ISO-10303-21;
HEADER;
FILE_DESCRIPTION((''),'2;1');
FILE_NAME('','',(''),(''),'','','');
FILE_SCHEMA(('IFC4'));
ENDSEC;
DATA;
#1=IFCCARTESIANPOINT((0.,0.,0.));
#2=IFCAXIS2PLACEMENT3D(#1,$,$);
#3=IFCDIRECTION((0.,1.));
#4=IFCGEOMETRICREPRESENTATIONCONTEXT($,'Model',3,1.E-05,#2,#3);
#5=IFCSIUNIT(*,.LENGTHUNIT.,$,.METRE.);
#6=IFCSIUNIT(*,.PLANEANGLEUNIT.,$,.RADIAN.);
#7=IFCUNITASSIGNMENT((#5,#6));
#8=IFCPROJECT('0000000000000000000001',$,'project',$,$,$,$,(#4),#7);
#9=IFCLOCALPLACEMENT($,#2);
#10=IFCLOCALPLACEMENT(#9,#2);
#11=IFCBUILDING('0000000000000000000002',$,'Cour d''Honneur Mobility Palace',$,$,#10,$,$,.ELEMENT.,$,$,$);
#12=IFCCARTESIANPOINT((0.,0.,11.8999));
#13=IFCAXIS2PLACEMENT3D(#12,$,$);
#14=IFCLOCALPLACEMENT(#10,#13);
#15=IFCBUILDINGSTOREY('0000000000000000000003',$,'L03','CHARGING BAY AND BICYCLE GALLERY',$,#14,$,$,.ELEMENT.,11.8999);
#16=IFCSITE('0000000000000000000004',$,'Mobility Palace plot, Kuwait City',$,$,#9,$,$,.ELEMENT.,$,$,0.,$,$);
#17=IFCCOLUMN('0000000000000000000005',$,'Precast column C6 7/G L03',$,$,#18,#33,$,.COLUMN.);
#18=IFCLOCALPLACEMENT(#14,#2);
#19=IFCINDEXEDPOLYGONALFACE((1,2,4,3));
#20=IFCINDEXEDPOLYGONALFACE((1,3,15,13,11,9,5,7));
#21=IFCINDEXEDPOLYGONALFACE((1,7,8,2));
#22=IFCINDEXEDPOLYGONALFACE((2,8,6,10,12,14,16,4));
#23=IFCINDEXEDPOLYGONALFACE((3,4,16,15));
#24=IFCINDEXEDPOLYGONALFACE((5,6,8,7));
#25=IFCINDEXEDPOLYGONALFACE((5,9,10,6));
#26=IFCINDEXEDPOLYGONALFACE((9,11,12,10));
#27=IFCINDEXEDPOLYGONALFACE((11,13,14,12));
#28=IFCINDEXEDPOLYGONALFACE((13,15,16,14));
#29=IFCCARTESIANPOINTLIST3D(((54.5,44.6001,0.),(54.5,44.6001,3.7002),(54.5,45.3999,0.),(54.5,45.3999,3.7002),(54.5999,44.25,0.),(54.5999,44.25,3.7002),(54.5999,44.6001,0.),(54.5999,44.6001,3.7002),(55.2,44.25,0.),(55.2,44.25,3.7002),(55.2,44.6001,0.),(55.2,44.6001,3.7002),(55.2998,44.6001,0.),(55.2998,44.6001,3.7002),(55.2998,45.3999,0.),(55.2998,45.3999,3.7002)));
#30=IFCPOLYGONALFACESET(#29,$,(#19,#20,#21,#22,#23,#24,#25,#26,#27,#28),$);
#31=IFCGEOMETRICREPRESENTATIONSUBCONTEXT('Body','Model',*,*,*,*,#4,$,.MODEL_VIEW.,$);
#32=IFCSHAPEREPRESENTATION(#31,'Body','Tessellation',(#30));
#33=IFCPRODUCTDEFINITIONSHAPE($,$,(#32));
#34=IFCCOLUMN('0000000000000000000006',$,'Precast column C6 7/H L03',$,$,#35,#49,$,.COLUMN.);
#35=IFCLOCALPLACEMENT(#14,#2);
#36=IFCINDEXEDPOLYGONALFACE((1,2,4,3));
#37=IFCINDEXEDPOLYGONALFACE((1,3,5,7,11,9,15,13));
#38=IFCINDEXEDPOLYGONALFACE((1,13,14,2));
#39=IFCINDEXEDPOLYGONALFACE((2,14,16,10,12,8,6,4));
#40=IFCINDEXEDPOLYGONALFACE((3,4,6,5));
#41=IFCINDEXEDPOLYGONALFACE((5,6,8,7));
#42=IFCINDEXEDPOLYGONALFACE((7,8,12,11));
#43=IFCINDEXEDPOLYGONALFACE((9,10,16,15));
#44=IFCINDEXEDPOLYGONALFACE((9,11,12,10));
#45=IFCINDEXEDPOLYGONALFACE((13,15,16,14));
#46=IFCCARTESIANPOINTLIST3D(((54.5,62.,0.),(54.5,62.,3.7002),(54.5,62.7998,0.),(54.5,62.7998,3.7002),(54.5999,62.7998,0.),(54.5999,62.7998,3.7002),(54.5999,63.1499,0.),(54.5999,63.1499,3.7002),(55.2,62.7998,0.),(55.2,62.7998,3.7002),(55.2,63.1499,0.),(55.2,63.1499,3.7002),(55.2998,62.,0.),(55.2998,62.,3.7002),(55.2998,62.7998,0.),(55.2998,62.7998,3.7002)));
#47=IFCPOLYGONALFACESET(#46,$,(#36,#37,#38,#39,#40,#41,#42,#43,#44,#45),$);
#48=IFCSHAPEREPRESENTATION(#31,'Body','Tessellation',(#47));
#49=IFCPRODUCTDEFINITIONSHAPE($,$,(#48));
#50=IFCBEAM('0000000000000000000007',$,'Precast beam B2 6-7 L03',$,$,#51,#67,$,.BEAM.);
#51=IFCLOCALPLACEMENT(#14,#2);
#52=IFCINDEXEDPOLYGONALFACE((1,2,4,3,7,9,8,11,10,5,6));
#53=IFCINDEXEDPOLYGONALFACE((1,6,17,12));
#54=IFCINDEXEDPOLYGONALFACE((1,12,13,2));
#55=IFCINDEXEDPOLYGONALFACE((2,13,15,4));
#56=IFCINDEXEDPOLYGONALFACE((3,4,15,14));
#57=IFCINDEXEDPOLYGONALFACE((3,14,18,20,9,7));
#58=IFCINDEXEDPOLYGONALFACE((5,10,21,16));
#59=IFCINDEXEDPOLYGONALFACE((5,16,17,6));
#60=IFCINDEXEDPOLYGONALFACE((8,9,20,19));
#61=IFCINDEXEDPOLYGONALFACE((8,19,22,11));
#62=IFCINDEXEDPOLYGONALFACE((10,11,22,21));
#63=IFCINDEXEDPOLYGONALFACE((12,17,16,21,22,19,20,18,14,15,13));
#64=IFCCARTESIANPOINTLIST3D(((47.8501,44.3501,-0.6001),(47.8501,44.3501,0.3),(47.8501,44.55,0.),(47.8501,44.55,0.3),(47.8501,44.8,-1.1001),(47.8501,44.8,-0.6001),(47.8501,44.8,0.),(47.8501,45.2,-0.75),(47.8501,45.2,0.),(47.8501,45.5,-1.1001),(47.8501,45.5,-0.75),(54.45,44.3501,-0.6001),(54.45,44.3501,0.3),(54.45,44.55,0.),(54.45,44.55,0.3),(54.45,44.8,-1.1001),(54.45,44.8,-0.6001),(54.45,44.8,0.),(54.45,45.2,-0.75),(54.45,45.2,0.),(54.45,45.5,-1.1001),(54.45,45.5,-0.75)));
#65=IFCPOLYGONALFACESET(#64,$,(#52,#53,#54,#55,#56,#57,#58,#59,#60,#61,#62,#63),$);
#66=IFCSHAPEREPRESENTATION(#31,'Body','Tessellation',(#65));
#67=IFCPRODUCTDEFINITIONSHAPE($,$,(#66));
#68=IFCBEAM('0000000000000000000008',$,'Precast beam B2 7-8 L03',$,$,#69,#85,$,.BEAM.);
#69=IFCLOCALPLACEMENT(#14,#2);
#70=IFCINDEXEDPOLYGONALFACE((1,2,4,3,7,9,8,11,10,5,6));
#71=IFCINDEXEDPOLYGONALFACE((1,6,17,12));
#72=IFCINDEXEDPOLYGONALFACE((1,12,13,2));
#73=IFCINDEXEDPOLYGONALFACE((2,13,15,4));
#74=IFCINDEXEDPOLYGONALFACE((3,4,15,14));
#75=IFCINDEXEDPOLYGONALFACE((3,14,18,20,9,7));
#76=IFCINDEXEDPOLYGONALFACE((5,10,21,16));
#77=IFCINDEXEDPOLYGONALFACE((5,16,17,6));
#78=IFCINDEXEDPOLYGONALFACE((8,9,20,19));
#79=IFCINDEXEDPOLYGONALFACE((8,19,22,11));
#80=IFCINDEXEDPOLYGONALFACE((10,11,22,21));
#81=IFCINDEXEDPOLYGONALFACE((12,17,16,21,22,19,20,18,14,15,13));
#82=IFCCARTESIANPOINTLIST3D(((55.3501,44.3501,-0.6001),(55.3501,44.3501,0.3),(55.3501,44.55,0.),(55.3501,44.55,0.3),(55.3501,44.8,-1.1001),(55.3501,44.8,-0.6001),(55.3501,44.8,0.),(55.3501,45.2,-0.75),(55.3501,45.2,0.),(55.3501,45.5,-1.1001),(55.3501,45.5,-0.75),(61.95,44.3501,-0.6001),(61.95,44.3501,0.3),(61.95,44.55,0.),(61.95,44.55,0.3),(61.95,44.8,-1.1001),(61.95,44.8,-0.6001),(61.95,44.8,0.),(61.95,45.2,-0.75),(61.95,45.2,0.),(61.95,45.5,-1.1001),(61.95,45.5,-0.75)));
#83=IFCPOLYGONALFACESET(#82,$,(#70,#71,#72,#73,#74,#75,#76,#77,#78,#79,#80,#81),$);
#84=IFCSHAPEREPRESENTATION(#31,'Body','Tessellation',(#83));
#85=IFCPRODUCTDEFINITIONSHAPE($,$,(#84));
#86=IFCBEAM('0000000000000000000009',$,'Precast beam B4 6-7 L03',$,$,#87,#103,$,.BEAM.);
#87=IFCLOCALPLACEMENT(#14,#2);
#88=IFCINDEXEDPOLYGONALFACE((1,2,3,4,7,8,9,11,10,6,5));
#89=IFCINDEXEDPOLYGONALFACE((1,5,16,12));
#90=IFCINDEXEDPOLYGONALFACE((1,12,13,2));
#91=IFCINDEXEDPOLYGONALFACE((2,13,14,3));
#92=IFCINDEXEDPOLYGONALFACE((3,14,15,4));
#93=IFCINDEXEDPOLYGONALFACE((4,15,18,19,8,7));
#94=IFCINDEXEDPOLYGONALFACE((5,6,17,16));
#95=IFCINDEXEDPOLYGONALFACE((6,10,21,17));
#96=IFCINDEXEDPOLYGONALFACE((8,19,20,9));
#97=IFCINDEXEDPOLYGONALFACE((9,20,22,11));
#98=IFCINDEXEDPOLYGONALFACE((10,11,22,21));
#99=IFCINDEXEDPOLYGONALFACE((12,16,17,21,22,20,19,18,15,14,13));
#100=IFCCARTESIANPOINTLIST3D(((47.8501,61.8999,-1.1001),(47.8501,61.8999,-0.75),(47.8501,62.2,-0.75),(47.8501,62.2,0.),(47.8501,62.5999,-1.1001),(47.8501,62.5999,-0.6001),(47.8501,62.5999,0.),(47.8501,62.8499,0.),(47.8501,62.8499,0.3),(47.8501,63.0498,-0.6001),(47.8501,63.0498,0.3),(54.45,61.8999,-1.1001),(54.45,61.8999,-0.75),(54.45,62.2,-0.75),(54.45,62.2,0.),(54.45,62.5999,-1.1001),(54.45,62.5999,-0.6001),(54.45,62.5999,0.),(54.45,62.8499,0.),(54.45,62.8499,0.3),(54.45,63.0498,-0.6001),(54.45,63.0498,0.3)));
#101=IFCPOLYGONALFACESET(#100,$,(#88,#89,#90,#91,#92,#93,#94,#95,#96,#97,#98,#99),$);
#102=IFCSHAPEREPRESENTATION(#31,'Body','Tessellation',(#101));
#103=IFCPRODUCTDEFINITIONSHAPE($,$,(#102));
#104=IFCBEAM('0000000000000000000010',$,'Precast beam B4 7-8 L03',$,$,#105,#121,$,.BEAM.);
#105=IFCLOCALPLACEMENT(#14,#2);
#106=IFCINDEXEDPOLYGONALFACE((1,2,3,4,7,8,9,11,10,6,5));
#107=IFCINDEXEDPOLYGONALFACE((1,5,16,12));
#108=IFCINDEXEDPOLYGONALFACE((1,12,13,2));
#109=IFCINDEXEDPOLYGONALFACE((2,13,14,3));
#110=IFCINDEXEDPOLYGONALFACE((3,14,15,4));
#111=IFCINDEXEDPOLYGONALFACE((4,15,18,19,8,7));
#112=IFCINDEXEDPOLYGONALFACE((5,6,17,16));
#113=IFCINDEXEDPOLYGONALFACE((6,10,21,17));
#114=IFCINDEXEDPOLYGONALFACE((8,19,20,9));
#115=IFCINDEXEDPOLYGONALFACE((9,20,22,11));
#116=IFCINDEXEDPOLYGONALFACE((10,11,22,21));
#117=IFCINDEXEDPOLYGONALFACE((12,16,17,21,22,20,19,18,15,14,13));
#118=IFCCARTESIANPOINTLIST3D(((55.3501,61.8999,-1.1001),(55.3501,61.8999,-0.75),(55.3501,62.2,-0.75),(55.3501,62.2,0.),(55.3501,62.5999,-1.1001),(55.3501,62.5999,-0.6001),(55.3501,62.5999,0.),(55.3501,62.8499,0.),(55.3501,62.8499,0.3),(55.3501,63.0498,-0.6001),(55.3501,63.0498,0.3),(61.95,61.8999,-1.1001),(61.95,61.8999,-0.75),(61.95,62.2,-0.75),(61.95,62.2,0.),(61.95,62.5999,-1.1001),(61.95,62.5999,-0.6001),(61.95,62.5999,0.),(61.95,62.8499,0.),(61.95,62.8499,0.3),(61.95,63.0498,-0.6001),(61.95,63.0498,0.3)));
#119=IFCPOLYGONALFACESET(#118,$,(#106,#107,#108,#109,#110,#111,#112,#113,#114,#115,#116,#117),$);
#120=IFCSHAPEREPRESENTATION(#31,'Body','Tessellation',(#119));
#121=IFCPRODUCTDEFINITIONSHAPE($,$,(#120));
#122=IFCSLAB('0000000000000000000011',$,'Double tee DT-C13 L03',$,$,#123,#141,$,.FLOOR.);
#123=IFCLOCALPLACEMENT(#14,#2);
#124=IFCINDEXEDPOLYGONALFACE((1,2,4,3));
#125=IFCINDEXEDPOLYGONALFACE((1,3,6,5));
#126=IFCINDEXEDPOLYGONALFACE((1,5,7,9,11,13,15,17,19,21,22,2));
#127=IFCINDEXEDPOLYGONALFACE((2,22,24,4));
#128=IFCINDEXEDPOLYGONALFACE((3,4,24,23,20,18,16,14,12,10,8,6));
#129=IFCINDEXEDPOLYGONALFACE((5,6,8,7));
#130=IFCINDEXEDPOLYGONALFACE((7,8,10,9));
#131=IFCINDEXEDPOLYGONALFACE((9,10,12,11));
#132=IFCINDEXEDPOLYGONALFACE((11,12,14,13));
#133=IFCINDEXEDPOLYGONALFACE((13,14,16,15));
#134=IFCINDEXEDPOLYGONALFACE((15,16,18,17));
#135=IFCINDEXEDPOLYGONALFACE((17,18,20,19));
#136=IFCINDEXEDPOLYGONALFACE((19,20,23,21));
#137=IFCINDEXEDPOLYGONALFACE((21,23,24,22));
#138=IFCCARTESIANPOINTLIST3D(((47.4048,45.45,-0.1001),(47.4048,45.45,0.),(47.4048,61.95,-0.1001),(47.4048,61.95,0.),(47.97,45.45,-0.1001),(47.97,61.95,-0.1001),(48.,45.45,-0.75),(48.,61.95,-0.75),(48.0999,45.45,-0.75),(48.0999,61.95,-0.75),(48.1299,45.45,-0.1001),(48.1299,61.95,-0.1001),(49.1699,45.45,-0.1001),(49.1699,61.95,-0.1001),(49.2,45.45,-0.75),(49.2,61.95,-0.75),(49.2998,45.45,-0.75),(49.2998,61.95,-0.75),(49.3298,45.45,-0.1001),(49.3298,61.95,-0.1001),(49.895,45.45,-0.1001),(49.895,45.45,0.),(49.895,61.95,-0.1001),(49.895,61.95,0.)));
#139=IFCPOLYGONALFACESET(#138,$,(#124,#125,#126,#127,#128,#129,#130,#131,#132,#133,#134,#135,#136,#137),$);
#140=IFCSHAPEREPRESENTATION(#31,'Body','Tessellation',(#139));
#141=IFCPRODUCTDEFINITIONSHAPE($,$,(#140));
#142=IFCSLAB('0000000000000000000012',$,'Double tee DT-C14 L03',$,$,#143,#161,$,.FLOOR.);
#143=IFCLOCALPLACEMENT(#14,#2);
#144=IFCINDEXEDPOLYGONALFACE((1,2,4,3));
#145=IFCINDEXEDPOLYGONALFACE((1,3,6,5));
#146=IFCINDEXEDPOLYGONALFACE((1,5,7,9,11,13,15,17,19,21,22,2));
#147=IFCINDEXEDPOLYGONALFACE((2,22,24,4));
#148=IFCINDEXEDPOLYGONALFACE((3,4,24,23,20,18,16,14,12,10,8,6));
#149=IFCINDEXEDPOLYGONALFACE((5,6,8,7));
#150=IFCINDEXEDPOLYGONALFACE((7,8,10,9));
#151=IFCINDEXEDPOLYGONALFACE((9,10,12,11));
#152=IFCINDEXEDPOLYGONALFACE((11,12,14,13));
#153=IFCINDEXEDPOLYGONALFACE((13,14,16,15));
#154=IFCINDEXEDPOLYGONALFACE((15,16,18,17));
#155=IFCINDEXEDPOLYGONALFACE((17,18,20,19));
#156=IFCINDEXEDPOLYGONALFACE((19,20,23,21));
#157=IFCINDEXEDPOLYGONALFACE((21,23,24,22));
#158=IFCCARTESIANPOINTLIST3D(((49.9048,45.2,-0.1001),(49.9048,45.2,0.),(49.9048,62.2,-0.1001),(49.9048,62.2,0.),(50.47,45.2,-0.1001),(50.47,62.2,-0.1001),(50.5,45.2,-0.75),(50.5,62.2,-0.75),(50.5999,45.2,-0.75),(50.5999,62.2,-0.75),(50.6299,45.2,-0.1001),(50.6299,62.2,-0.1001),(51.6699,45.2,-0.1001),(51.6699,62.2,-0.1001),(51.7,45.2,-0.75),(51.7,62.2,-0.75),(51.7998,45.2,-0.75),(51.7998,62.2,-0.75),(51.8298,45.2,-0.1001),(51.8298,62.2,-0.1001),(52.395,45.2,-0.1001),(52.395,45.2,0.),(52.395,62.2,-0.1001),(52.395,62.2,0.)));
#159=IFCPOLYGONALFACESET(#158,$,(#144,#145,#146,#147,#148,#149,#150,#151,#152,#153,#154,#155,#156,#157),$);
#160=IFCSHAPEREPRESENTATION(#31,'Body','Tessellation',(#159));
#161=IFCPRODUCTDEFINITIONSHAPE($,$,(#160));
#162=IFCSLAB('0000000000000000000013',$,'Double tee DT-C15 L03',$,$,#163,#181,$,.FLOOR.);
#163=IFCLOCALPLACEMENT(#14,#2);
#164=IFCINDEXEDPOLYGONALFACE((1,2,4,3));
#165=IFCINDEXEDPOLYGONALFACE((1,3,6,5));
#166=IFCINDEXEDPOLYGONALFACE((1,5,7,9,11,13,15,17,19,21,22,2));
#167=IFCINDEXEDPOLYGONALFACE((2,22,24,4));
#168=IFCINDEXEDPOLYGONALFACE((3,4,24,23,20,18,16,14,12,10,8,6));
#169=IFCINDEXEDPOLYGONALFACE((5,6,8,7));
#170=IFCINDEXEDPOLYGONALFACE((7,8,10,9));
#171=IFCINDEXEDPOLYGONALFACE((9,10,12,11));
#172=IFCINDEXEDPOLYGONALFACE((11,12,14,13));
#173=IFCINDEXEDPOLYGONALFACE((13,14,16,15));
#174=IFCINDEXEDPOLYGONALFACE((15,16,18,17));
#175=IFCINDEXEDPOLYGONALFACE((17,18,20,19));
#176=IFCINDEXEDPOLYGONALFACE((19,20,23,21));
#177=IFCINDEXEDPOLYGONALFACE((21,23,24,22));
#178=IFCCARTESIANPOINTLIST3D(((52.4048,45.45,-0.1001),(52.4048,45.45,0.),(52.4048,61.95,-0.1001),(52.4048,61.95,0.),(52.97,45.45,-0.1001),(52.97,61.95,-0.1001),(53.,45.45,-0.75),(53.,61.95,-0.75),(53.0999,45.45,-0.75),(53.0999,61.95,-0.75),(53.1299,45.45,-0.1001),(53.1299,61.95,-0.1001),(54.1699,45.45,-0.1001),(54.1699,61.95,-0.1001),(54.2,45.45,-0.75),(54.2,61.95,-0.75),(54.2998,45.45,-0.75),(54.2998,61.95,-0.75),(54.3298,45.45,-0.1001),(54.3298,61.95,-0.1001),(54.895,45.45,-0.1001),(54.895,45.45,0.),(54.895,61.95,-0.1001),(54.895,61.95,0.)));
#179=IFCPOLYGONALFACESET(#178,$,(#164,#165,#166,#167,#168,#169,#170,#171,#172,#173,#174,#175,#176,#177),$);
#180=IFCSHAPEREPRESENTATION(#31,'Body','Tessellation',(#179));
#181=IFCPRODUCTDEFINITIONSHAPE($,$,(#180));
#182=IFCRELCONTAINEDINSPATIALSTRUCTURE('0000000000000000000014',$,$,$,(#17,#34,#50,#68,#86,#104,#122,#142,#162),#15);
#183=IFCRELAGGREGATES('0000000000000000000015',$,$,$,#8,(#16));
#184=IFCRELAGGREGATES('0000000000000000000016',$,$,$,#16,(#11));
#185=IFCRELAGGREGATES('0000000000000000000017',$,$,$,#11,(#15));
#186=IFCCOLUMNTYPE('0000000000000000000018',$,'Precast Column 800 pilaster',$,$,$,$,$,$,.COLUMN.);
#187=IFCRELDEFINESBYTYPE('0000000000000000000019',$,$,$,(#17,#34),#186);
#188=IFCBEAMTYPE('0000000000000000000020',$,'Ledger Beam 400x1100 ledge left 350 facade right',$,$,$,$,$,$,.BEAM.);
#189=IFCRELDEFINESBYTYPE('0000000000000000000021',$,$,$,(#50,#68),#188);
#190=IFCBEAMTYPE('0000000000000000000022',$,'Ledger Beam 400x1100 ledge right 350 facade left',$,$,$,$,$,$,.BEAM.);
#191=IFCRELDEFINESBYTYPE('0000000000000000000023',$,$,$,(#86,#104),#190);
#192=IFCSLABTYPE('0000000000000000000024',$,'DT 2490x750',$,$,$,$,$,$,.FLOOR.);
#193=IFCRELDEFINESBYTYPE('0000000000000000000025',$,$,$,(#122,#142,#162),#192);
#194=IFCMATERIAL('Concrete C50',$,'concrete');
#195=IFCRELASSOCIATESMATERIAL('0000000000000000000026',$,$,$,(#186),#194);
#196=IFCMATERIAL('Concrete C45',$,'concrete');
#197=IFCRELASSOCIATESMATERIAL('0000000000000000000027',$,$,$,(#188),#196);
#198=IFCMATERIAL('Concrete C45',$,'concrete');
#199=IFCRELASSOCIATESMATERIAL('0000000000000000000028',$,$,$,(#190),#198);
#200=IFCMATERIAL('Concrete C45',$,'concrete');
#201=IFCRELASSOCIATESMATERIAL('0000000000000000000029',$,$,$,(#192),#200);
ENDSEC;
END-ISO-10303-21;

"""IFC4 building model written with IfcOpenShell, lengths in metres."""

from ifc_helpers import new_model, si_unit, direction, frame, origin, place, context, subcontext, project, spatial, polyline, outline, extrude, material, material_profile, profile_set, type_object, element, save


model = new_model("IFC4")

# Units and contexts
model_context = context("Model", 3, precision=1e-05, world=origin(), true_north=direction((0.0, 1.0)))
body_context = subcontext(model_context, "Body", "Model", "MODEL_VIEW")
ifc_project = project(units=[si_unit("LENGTHUNIT", "METRE"), si_unit("PLANEANGLEUNIT", "RADIAN")], contexts=[model_context])

# Site, building, storey
site_placement = place(None, origin())
site = spatial("IfcSite", under=ifc_project, at=site_placement, Name="Mobility Palace plot, Kuwait City", CompositionType="ELEMENT", RefElevation=0.0)
building_placement = place(site_placement, origin())
building = spatial("IfcBuilding", under=site, at=building_placement, Name="Cour d'Honneur Mobility Palace", CompositionType="ELEMENT")
storey_placement = place(building_placement, frame((0.0, 0.0, 11.8999)))
storey = spatial("IfcBuildingStorey", under=building, at=storey_placement, Name="L03", Description="CHARGING BAY AND BICYCLE GALLERY", CompositionType="ELEMENT", Elevation=11.8999)

# Columns
ifc_material_1 = material(Name="Concrete C50", Category="concrete")
ifc_material_profile_1 = material_profile(ifc_material_1, outline(polyline([(-0.3999, -0.3999), (0.3999, -0.3999), (0.3999, -0.3), (0.75, -0.3), (0.75, 0.3), (0.3999, 0.3), (0.3999, 0.3999), (-0.3999, 0.3999), (-0.3999, -0.3999)])), Name="PC C800 pilaster")
ifc_profile_set_1 = profile_set([ifc_material_profile_1], Name="Concrete C50")
column_type = type_object("IfcColumnType", Name="Precast Column 800 pilaster", PredefinedType="COLUMN", material=ifc_profile_set_1)
for number, where, z_axis, x_axis, name in (
    (1, (54.8999, 45.0, 0.0), (0.0, 0.0, 1.0), (0.0, -1.0, 0.0), "Precast column C6 7/G L03"),
    (2, (54.8999, 62.3999, 0.0), (0.0, 0.0, 1.0), (0.0, 1.0, 0.0), "Precast column C6 7/H L03"),
):
    element("IfcColumn", number, at=place(storey_placement, frame(where, z_axis=z_axis, x_axis=x_axis)), inside=storey, type_object=column_type, Name=name, PredefinedType="COLUMN", context=body_context, shape_type="SweptSolid", body=[
        extrude(outline(polyline([(-0.3999, -0.3999), (0.3999, -0.3999), (0.3999, -0.3), (0.75, -0.3), (0.75, 0.3), (0.3999, 0.3), (0.3999, 0.3999), (-0.3999, 0.3999), (-0.3999, -0.3999)])), origin(), (0.0, 0.0, 1.0), 3.7002),
    ])

# Beams
ifc_material_2 = material(Name="Concrete C45", Category="concrete")
ifc_material_profile_2 = material_profile(ifc_material_2, outline(polyline([(0.5, -1.1001), (0.5, -0.75), (0.2, -0.75), (0.2, 0.0), (-0.2, 0.0), (-0.45, 0.0), (-0.45, 0.3), (-0.6499, 0.3), (-0.6499, -0.6001), (-0.2, -0.6001), (-0.2, -1.1001), (0.5, -1.1001)])), Name="Ledger Beam 400x1100 ledge left 350 facade right")
ifc_profile_set_2 = profile_set([ifc_material_profile_2], Name="Concrete C45")
beam_type_1 = type_object("IfcBeamType", Name="Ledger Beam 400x1100 ledge left 350 facade right", PredefinedType="BEAM", material=ifc_profile_set_2)
for number, where, z_axis, x_axis, name in (
    (3, (47.8501, 45.0, 0.0), (1.0, 0.0, 0.0), (0.0, 1.0, 0.0), "Precast beam B2 6-7 L03"),
    (4, (55.3501, 45.0, 0.0), (1.0, 0.0, 0.0), (0.0, 1.0, 0.0), "Precast beam B2 7-8 L03"),
):
    element("IfcBeam", number, at=place(storey_placement, frame(where, z_axis=z_axis, x_axis=x_axis)), inside=storey, type_object=beam_type_1, Name=name, PredefinedType="BEAM", context=body_context, shape_type="SweptSolid", body=[
        extrude(outline(polyline([(0.5, -1.1001), (0.5, -0.75), (0.2, -0.75), (0.2, 0.0), (-0.2, 0.0), (-0.45, 0.0), (-0.45, 0.3), (-0.6499, 0.3), (-0.6499, -0.6001), (-0.2, -0.6001), (-0.2, -1.1001), (0.5, -1.1001)])), origin(), (0.0, 0.0, 1.0), 6.5999),
    ])
ifc_material_3 = material(Name="Concrete C45", Category="concrete")
ifc_material_profile_3 = material_profile(ifc_material_3, outline(polyline([(0.2, -1.1001), (0.2, -0.6001), (0.6499, -0.6001), (0.6499, 0.3), (0.45, 0.3), (0.45, 0.0), (0.2, 0.0), (-0.2, 0.0), (-0.2, -0.75), (-0.5, -0.75), (-0.5, -1.1001), (0.2, -1.1001)])), Name="Ledger Beam 400x1100 ledge right 350 facade left")
ifc_profile_set_3 = profile_set([ifc_material_profile_3], Name="Concrete C45")
beam_type_2 = type_object("IfcBeamType", Name="Ledger Beam 400x1100 ledge right 350 facade left", PredefinedType="BEAM", material=ifc_profile_set_3)
for number, where, z_axis, x_axis, name in (
    (5, (47.8501, 62.3999, 0.0), (1.0, 0.0, 0.0), (0.0, 1.0, 0.0), "Precast beam B4 6-7 L03"),
    (6, (55.3501, 62.3999, 0.0), (1.0, 0.0, 0.0), (0.0, 1.0, 0.0), "Precast beam B4 7-8 L03"),
):
    element("IfcBeam", number, at=place(storey_placement, frame(where, z_axis=z_axis, x_axis=x_axis)), inside=storey, type_object=beam_type_2, Name=name, PredefinedType="BEAM", context=body_context, shape_type="SweptSolid", body=[
        extrude(outline(polyline([(0.2, -1.1001), (0.2, -0.6001), (0.6499, -0.6001), (0.6499, 0.3), (0.45, 0.3), (0.45, 0.0), (0.2, 0.0), (-0.2, 0.0), (-0.2, -0.75), (-0.5, -0.75), (-0.5, -1.1001), (0.2, -1.1001)])), origin(), (0.0, 0.0, 1.0), 6.5999),
    ])

# Slabs
ifc_material_4 = material(Name="Concrete C45", Category="concrete")
ifc_material_profile_4 = material_profile(ifc_material_4, outline(polyline([(-1.2451, 0.0), (1.2451, 0.0), (1.2451, -0.1001), (0.6799, -0.1001), (0.6499, -0.75), (0.55, -0.75), (0.52, -0.1001), (-0.52, -0.1001), (-0.55, -0.75), (-0.6499, -0.75), (-0.6799, -0.1001), (-1.2451, -0.1001), (-1.2451, 0.0)])), Name="DT 2490x750")
ifc_profile_set_4 = profile_set([ifc_material_profile_4], Name="Concrete C45")
slab_type = type_object("IfcSlabType", Name="DT 2490x750", PredefinedType="FLOOR", material=ifc_profile_set_4)
slab_1_placement = place(storey_placement, frame((48.6499, 45.45, 0.0), z_axis=(0.0, 1.0, 0.0), x_axis=(-1.0, 0.0, 0.0)))
element("IfcSlab", 7, at=slab_1_placement, inside=storey, type_object=slab_type, Name="Double tee DT-C13 L03", PredefinedType="FLOOR", context=body_context, shape_type="SweptSolid", body=[
    extrude(outline(polyline([(-1.2451, 0.0), (1.2451, 0.0), (1.2451, -0.1001), (0.6799, -0.1001), (0.6499, -0.75), (0.55, -0.75), (0.52, -0.1001), (-0.52, -0.1001), (-0.55, -0.75), (-0.6499, -0.75), (-0.6799, -0.1001), (-1.2451, -0.1001), (-1.2451, 0.0)])), origin(), (0.0, 0.0, 1.0), 16.5),
])
slab_2_placement = place(storey_placement, frame((51.1499, 45.2, 0.0), z_axis=(0.0, 1.0, 0.0), x_axis=(-1.0, 0.0, 0.0)))
element("IfcSlab", 8, at=slab_2_placement, inside=storey, type_object=slab_type, Name="Double tee DT-C14 L03", PredefinedType="FLOOR", context=body_context, shape_type="SweptSolid", body=[
    extrude(outline(polyline([(-1.2451, 0.0), (1.2451, 0.0), (1.2451, -0.1001), (0.6799, -0.1001), (0.6499, -0.75), (0.55, -0.75), (0.52, -0.1001), (-0.52, -0.1001), (-0.55, -0.75), (-0.6499, -0.75), (-0.6799, -0.1001), (-1.2451, -0.1001), (-1.2451, 0.0)])), origin(), (0.0, 0.0, 1.0), 17.0),
])
for number, where, z_axis, x_axis, name in (
    (9, (53.6499, 45.45, 0.0), (0.0, 1.0, 0.0), (-1.0, 0.0, 0.0), "Double tee DT-C15 L03"),
):
    element("IfcSlab", number, at=place(storey_placement, frame(where, z_axis=z_axis, x_axis=x_axis)), inside=storey, type_object=slab_type, Name=name, PredefinedType="FLOOR", context=body_context, shape_type="SweptSolid", body=[
        extrude(outline(polyline([(-1.2451, 0.0), (1.2451, 0.0), (1.2451, -0.1001), (0.6799, -0.1001), (0.6499, -0.75), (0.55, -0.75), (0.52, -0.1001), (-0.52, -0.1001), (-0.55, -0.75), (-0.6499, -0.75), (-0.6799, -0.1001), (-1.2451, -0.1001), (-1.2451, 0.0)])), origin(), (0.0, 0.0, 1.0), 16.5),
    ])

save(model, "model.ifc")
